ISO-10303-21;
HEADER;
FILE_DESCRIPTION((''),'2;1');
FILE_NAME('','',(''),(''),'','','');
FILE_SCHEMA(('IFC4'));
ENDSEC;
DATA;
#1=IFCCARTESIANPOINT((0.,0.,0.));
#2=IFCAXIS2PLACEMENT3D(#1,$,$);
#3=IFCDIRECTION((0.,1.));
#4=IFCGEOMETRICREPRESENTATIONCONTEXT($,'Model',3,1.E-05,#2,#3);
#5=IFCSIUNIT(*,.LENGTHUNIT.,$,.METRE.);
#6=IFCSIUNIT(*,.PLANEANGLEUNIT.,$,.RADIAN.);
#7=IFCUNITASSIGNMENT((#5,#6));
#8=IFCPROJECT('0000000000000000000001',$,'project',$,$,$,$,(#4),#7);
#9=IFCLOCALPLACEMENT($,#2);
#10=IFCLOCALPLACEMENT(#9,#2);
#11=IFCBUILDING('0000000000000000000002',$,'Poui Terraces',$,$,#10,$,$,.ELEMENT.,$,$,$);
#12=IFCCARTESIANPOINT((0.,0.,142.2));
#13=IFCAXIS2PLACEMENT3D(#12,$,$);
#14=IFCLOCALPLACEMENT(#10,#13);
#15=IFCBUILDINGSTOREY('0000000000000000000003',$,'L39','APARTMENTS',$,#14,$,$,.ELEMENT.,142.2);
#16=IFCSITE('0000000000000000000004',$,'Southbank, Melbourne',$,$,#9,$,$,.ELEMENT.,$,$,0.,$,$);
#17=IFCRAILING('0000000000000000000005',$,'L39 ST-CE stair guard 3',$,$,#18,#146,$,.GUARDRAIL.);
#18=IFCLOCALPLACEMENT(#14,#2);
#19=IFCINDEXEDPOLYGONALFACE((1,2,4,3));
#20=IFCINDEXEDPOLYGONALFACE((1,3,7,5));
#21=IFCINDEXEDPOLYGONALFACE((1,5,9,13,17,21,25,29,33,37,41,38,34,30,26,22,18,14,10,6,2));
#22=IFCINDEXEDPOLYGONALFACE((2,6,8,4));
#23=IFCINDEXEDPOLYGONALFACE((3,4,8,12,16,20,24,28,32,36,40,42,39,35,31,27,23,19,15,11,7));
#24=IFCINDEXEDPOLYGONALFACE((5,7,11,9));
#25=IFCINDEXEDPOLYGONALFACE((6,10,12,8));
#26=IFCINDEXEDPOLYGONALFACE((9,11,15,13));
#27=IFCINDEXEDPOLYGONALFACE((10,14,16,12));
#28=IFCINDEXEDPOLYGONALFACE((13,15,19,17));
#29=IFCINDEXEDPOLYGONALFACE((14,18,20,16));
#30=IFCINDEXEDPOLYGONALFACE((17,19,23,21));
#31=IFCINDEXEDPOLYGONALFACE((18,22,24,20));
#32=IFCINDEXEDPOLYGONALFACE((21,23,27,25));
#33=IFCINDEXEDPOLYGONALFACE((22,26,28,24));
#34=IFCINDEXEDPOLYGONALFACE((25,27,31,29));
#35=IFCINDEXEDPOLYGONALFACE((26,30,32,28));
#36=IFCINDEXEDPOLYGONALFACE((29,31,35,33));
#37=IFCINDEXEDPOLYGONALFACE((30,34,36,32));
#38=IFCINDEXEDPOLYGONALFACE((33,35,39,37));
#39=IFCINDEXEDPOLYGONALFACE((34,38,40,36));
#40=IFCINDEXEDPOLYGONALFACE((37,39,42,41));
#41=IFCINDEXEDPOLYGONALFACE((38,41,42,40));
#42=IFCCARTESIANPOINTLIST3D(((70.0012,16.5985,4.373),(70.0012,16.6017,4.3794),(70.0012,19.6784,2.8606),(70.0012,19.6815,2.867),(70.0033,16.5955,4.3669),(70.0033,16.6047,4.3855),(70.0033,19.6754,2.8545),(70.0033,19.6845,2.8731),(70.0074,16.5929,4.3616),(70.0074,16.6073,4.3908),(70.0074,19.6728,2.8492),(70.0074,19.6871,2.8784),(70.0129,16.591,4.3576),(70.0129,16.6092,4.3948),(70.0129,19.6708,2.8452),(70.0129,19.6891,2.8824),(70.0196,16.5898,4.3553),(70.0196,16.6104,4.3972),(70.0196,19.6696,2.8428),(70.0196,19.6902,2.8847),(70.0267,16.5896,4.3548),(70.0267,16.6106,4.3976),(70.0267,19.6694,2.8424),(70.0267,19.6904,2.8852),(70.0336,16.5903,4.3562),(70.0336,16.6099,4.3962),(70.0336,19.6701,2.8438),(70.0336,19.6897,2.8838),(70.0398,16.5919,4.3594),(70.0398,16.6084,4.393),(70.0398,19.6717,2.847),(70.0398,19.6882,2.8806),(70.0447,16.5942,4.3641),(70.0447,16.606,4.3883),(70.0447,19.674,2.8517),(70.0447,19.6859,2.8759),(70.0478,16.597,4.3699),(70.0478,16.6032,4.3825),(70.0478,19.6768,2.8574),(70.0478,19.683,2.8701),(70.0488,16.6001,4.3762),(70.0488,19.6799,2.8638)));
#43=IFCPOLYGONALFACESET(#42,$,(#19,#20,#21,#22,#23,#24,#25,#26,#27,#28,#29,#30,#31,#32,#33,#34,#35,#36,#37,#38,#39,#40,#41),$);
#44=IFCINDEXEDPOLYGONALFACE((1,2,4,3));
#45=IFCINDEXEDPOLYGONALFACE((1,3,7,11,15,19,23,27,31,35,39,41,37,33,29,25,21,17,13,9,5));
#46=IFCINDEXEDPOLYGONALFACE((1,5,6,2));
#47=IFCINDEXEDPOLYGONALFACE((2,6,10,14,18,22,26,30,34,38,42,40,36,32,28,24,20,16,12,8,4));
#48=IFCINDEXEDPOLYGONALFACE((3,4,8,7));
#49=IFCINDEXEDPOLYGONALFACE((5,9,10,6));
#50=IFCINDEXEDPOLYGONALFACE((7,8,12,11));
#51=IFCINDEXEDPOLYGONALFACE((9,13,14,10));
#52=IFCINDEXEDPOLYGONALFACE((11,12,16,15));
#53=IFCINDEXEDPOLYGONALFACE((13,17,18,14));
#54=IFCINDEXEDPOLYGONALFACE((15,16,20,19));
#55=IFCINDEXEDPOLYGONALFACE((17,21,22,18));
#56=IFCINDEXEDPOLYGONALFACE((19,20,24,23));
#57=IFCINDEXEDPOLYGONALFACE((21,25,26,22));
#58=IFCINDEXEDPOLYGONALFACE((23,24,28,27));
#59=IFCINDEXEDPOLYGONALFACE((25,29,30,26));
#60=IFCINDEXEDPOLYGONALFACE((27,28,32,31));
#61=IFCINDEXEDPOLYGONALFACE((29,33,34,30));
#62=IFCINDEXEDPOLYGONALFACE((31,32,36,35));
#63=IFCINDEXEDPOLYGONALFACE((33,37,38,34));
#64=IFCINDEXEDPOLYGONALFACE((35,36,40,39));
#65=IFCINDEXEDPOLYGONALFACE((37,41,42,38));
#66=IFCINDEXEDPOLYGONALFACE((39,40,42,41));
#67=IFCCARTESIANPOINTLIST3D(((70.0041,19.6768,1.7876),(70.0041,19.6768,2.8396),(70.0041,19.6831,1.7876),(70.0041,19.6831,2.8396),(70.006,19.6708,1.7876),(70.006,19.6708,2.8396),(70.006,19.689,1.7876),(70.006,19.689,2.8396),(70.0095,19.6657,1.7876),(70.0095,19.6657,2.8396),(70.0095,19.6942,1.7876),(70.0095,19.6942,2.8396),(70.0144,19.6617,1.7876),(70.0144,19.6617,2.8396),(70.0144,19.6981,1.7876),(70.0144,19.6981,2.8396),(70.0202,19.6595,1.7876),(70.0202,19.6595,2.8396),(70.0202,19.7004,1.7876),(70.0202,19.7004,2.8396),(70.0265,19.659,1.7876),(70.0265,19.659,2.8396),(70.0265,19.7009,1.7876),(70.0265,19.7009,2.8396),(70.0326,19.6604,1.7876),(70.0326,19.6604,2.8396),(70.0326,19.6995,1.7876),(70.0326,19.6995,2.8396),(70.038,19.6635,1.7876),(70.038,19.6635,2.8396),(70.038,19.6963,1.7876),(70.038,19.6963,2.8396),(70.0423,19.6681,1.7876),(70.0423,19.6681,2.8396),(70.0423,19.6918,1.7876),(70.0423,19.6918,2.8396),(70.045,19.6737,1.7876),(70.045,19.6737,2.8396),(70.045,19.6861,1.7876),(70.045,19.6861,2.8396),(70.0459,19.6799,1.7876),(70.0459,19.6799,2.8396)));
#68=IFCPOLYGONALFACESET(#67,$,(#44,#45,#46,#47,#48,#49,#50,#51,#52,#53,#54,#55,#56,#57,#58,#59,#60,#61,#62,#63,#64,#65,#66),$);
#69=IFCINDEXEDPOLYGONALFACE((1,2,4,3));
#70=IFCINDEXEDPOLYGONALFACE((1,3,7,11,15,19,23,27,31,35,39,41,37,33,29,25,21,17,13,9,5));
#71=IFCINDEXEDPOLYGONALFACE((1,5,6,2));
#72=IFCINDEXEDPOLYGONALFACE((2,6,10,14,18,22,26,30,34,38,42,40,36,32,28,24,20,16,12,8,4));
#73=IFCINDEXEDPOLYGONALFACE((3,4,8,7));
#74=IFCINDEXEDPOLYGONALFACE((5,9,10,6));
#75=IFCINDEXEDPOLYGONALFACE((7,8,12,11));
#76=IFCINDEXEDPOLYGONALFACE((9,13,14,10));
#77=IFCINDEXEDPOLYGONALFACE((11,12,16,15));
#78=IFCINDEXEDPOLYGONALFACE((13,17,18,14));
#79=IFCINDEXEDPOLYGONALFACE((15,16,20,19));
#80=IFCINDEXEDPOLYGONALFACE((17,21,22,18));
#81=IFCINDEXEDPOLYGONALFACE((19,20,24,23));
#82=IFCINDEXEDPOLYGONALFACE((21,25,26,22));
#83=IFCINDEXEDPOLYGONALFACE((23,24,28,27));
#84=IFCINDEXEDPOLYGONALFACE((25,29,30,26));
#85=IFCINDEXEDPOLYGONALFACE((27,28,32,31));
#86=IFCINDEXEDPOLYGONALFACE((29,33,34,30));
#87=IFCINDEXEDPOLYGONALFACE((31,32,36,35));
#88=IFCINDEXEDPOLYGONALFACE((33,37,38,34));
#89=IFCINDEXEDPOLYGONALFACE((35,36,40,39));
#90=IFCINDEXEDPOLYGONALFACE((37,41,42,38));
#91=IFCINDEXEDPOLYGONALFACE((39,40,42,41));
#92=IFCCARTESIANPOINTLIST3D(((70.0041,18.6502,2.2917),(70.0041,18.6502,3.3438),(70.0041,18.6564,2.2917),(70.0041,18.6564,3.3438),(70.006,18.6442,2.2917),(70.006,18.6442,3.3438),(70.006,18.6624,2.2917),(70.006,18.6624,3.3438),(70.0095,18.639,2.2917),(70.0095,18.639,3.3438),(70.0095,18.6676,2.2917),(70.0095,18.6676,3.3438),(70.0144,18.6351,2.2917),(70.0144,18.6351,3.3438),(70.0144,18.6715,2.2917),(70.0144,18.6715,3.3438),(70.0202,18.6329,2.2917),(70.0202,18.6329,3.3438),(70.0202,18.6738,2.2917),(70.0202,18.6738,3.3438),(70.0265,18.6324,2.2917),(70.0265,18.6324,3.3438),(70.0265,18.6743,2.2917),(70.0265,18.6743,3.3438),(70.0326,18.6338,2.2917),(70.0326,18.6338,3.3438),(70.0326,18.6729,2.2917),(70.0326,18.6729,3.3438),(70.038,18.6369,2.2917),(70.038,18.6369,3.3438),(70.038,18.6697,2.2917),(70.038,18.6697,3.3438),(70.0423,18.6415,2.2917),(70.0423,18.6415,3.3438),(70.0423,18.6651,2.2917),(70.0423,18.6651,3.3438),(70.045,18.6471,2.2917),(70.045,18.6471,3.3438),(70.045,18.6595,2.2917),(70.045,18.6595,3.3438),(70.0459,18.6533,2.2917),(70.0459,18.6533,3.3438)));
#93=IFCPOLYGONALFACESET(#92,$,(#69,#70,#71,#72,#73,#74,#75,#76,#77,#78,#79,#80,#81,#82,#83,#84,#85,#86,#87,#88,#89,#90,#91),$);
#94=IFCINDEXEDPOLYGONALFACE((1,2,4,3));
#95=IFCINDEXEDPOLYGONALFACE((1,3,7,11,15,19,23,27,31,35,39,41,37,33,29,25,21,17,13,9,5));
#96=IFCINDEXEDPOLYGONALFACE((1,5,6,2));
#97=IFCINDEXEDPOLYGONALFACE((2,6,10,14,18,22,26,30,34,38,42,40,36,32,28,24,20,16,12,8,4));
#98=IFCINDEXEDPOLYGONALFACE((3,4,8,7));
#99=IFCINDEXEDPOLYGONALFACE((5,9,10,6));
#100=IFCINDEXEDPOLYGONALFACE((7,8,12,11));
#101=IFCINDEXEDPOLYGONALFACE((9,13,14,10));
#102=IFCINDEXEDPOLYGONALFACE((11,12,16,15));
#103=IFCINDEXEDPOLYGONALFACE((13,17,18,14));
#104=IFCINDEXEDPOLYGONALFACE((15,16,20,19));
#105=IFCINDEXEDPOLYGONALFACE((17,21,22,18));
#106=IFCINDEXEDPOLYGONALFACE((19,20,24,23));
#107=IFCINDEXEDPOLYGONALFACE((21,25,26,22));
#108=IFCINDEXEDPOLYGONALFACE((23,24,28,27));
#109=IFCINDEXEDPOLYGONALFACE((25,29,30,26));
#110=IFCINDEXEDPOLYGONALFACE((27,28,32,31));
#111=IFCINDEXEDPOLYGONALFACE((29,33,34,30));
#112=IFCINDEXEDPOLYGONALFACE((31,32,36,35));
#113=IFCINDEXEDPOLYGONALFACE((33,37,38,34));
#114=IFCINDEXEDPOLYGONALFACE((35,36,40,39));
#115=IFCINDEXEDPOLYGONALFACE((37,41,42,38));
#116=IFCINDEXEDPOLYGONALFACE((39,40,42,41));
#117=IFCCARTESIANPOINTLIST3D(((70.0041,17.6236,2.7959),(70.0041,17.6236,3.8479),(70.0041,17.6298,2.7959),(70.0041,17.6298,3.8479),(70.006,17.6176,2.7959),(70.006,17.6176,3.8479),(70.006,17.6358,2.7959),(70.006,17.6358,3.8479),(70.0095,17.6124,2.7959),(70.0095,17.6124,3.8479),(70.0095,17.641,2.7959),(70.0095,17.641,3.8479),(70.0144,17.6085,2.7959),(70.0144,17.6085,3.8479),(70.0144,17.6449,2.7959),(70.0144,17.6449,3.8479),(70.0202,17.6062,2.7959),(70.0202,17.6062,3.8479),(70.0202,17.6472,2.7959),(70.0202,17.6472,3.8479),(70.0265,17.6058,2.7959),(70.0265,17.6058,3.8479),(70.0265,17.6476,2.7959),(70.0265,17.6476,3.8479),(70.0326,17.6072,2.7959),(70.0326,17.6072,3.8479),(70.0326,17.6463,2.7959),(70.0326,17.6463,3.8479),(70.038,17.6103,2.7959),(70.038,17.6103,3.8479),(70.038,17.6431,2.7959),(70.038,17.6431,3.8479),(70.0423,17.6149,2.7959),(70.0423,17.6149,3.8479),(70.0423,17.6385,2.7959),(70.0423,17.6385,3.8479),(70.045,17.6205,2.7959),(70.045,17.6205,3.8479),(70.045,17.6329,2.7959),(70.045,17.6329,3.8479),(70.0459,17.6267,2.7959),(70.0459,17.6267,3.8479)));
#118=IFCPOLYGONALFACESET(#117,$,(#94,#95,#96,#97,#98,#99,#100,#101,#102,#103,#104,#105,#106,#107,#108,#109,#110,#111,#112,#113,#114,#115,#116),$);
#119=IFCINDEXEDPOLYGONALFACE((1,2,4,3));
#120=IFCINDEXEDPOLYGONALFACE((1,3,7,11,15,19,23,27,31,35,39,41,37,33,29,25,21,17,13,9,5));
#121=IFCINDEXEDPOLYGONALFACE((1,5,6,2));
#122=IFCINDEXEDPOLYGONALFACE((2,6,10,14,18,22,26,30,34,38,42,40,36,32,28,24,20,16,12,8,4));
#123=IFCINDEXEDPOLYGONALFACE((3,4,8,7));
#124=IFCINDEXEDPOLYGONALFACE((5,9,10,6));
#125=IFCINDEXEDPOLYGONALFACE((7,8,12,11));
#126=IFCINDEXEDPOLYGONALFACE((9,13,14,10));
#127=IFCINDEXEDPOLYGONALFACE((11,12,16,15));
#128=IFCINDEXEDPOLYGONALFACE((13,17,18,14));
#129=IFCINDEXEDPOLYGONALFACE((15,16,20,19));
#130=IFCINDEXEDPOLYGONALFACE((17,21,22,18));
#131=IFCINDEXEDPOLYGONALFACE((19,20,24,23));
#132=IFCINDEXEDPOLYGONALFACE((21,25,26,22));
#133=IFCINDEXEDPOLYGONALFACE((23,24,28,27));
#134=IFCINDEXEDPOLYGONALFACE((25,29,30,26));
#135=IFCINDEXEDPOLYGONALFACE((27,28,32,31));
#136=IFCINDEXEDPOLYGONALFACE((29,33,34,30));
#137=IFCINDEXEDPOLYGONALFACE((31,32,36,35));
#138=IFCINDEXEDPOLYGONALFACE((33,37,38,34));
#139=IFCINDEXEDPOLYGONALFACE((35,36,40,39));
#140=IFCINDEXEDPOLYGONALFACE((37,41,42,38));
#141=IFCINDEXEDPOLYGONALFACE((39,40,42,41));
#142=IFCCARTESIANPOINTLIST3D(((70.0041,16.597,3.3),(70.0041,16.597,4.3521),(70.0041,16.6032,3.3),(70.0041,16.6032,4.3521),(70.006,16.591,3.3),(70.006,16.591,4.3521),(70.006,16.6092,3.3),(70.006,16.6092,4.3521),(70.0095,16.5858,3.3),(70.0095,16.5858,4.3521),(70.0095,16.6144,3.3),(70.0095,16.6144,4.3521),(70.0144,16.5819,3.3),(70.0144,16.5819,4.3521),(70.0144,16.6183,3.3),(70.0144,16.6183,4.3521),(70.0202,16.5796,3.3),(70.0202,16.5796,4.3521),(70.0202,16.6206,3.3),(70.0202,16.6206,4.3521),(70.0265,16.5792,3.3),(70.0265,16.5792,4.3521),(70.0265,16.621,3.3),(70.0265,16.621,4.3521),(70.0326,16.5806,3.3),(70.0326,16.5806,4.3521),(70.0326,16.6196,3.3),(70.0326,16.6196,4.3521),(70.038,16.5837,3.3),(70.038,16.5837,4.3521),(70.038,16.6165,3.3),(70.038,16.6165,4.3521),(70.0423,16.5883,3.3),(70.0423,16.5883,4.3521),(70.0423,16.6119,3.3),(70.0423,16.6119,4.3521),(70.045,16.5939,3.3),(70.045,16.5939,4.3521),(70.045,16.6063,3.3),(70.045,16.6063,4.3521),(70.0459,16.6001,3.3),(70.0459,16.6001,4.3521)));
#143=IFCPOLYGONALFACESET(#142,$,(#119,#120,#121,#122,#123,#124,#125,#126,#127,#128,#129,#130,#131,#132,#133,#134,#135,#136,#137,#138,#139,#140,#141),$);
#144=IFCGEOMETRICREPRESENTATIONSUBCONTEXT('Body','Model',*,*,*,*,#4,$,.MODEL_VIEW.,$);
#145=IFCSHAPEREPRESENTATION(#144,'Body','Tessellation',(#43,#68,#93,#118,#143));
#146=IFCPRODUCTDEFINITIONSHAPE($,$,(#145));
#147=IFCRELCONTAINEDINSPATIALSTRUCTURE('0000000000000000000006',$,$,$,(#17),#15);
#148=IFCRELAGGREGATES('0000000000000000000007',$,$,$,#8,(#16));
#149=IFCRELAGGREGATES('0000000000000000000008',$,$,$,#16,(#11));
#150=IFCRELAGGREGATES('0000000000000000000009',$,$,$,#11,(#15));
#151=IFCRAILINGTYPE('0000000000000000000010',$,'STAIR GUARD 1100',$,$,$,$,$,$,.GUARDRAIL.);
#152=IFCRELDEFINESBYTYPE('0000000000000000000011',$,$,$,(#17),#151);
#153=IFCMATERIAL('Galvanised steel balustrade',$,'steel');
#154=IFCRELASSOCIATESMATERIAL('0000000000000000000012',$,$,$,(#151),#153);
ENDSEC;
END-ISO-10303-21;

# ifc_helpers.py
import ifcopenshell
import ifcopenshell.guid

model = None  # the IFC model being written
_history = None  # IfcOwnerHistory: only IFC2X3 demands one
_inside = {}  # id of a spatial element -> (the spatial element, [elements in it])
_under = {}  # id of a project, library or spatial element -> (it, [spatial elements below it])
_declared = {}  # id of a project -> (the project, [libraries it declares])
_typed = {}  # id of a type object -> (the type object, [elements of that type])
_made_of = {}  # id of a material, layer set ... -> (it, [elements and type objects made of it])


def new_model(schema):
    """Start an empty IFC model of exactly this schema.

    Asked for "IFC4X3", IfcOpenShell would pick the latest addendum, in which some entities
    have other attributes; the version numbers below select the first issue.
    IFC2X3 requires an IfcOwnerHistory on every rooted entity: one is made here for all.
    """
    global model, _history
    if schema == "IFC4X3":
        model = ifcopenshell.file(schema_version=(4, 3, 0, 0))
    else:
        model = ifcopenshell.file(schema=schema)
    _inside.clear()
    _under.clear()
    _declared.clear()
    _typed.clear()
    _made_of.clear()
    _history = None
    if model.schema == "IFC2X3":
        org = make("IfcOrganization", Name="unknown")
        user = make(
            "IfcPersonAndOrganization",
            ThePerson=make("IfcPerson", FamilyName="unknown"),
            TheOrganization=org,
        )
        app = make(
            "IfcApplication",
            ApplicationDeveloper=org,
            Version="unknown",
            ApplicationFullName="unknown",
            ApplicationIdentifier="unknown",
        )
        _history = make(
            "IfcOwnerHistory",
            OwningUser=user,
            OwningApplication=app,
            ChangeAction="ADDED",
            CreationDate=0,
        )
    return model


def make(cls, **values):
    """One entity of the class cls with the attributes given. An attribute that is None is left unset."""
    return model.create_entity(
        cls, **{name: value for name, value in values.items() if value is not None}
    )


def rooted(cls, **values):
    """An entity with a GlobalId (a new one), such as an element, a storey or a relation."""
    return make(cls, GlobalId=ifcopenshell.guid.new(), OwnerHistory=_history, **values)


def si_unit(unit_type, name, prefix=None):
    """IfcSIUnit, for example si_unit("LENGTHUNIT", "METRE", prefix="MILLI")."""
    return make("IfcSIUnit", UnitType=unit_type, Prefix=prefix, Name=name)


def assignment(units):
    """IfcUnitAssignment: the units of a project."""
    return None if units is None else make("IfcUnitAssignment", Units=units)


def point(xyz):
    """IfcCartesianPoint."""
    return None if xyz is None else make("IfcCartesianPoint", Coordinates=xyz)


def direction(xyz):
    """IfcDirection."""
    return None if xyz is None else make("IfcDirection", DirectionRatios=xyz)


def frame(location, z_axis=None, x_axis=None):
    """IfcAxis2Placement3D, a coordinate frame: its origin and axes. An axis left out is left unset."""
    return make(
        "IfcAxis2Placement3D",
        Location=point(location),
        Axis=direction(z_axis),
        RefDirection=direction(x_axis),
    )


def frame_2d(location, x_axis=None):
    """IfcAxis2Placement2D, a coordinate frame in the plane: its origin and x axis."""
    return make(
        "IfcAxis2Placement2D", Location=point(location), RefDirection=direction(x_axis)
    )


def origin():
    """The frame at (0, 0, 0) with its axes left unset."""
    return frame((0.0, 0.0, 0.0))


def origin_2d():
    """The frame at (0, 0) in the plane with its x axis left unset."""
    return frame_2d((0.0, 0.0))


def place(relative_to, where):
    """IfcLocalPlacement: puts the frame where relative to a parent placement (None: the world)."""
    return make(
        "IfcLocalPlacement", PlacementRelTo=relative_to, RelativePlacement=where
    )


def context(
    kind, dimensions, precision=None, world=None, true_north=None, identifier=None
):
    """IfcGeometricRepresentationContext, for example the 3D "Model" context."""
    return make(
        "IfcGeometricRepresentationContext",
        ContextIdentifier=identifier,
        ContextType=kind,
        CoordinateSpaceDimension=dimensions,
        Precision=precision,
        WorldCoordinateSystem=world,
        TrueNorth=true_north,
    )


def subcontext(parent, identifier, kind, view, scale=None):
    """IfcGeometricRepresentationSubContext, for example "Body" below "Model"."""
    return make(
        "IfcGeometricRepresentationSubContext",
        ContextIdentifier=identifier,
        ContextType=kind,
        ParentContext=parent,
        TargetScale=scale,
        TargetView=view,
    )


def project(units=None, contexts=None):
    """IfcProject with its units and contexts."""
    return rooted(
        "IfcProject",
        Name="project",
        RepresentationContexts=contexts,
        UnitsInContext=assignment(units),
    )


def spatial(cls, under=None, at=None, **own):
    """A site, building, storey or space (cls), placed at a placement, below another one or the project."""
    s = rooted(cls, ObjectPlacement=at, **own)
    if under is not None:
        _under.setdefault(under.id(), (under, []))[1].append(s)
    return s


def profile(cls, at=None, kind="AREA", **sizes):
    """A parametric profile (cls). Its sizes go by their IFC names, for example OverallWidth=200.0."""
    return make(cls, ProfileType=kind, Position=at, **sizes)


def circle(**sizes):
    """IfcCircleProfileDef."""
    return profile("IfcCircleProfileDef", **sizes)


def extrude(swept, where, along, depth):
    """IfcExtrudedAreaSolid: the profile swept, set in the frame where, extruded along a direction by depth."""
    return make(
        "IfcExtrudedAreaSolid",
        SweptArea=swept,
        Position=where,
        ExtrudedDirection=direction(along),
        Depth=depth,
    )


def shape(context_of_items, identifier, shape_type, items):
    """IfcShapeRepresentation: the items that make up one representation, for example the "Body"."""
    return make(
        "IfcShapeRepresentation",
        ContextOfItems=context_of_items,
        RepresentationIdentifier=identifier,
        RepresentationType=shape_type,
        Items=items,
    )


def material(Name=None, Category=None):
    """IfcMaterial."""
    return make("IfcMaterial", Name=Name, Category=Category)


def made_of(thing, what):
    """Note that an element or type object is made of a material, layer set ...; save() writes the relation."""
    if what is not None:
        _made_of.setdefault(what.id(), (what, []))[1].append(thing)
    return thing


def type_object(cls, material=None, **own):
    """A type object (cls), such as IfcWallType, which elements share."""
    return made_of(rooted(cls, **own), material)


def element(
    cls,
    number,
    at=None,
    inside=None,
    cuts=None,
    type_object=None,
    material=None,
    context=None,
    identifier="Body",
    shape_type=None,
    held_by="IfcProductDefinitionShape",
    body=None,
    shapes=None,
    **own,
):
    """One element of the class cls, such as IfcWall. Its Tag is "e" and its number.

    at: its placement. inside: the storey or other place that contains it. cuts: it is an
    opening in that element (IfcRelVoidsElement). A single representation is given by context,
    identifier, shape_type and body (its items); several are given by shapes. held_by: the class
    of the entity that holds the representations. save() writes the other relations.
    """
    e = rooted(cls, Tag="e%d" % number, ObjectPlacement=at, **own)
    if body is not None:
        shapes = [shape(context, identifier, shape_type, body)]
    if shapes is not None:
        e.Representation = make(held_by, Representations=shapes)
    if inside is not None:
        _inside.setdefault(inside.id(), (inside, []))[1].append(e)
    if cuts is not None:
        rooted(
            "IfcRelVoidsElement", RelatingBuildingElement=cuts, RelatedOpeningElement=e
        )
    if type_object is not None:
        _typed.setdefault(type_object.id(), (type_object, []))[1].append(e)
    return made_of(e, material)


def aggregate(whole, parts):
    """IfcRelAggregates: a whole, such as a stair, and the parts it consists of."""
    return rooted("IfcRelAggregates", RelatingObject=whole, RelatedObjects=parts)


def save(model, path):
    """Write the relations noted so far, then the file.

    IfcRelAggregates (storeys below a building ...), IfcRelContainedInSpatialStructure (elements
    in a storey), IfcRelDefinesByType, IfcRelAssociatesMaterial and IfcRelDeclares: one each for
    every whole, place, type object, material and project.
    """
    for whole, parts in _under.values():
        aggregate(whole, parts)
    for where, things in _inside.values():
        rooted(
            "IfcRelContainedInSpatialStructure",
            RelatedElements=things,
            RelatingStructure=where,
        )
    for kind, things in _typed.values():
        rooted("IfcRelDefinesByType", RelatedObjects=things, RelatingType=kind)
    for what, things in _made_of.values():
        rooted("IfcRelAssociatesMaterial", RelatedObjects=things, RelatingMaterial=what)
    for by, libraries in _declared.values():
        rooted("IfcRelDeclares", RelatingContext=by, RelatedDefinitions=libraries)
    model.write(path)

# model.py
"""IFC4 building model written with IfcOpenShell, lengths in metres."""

from ifc_helpers import new_model, si_unit, direction, frame, origin, origin_2d, place, context, subcontext, project, spatial, circle, extrude, material, type_object, element, save


model = new_model("IFC4")

# Units and contexts
model_context = context("Model", 3, precision=1e-05, world=origin(), true_north=direction((0.0, 1.0)))
body_context = subcontext(model_context, "Body", "Model", "MODEL_VIEW")
ifc_project = project(units=[si_unit("LENGTHUNIT", "METRE"), si_unit("PLANEANGLEUNIT", "RADIAN")], contexts=[model_context])

# Site, building, storey
site_placement = place(None, origin())
site = spatial("IfcSite", under=ifc_project, at=site_placement, Name="Southbank, Melbourne", CompositionType="ELEMENT", RefElevation=0.0)
building_placement = place(site_placement, origin())
building = spatial("IfcBuilding", under=site, at=building_placement, Name="Poui Terraces", CompositionType="ELEMENT")
storey_placement = place(building_placement, frame((0.0, 0.0, 142.2)))
storey = spatial("IfcBuildingStorey", under=building, at=storey_placement, Name="L39", Description="APARTMENTS", CompositionType="ELEMENT", Elevation=142.2)

# Railing
ifc_material_1 = material(Name="Galvanised steel balustrade", Category="steel")
railing_type_1 = type_object("IfcRailingType", Name="STAIR GUARD 1100", PredefinedType="GUARDRAIL", material=ifc_material_1)
railing_1_placement = place(storey_placement, frame((70.0249, 19.6799, 1.7876)))
element("IfcRailing", 1, at=railing_1_placement, inside=storey, type_object=railing_type_1, Name="L39 ST-CE stair guard 3", PredefinedType="GUARDRAIL", context=body_context, shape_type="SweptSolid", body=[
    extrude(circle(Radius=0.0239, at=origin_2d()), frame((0.0, 0.0, 1.0762), z_axis=(0.0, -0.897606, 0.440798), x_axis=(1.0, 0.0, 0.0)), (0.0, 0.0, 1.0), 3.4312),
    extrude(circle(Radius=0.021, at=origin_2d()), origin(), (0.0, 0.0, 1.0), 1.052),
    extrude(circle(Radius=0.021, at=origin_2d()), frame((0.0, -1.0266, 0.5042)), (0.0, 0.0, 1.0), 1.052),
    extrude(circle(Radius=0.021, at=origin_2d()), frame((0.0, -2.0532, 1.0083)), (0.0, 0.0, 1.0), 1.052),
    extrude(circle(Radius=0.021, at=origin_2d()), frame((0.0, -3.0798, 1.5125)), (0.0, 0.0, 1.0), 1.052),
])

save(model, "model.ifc")
